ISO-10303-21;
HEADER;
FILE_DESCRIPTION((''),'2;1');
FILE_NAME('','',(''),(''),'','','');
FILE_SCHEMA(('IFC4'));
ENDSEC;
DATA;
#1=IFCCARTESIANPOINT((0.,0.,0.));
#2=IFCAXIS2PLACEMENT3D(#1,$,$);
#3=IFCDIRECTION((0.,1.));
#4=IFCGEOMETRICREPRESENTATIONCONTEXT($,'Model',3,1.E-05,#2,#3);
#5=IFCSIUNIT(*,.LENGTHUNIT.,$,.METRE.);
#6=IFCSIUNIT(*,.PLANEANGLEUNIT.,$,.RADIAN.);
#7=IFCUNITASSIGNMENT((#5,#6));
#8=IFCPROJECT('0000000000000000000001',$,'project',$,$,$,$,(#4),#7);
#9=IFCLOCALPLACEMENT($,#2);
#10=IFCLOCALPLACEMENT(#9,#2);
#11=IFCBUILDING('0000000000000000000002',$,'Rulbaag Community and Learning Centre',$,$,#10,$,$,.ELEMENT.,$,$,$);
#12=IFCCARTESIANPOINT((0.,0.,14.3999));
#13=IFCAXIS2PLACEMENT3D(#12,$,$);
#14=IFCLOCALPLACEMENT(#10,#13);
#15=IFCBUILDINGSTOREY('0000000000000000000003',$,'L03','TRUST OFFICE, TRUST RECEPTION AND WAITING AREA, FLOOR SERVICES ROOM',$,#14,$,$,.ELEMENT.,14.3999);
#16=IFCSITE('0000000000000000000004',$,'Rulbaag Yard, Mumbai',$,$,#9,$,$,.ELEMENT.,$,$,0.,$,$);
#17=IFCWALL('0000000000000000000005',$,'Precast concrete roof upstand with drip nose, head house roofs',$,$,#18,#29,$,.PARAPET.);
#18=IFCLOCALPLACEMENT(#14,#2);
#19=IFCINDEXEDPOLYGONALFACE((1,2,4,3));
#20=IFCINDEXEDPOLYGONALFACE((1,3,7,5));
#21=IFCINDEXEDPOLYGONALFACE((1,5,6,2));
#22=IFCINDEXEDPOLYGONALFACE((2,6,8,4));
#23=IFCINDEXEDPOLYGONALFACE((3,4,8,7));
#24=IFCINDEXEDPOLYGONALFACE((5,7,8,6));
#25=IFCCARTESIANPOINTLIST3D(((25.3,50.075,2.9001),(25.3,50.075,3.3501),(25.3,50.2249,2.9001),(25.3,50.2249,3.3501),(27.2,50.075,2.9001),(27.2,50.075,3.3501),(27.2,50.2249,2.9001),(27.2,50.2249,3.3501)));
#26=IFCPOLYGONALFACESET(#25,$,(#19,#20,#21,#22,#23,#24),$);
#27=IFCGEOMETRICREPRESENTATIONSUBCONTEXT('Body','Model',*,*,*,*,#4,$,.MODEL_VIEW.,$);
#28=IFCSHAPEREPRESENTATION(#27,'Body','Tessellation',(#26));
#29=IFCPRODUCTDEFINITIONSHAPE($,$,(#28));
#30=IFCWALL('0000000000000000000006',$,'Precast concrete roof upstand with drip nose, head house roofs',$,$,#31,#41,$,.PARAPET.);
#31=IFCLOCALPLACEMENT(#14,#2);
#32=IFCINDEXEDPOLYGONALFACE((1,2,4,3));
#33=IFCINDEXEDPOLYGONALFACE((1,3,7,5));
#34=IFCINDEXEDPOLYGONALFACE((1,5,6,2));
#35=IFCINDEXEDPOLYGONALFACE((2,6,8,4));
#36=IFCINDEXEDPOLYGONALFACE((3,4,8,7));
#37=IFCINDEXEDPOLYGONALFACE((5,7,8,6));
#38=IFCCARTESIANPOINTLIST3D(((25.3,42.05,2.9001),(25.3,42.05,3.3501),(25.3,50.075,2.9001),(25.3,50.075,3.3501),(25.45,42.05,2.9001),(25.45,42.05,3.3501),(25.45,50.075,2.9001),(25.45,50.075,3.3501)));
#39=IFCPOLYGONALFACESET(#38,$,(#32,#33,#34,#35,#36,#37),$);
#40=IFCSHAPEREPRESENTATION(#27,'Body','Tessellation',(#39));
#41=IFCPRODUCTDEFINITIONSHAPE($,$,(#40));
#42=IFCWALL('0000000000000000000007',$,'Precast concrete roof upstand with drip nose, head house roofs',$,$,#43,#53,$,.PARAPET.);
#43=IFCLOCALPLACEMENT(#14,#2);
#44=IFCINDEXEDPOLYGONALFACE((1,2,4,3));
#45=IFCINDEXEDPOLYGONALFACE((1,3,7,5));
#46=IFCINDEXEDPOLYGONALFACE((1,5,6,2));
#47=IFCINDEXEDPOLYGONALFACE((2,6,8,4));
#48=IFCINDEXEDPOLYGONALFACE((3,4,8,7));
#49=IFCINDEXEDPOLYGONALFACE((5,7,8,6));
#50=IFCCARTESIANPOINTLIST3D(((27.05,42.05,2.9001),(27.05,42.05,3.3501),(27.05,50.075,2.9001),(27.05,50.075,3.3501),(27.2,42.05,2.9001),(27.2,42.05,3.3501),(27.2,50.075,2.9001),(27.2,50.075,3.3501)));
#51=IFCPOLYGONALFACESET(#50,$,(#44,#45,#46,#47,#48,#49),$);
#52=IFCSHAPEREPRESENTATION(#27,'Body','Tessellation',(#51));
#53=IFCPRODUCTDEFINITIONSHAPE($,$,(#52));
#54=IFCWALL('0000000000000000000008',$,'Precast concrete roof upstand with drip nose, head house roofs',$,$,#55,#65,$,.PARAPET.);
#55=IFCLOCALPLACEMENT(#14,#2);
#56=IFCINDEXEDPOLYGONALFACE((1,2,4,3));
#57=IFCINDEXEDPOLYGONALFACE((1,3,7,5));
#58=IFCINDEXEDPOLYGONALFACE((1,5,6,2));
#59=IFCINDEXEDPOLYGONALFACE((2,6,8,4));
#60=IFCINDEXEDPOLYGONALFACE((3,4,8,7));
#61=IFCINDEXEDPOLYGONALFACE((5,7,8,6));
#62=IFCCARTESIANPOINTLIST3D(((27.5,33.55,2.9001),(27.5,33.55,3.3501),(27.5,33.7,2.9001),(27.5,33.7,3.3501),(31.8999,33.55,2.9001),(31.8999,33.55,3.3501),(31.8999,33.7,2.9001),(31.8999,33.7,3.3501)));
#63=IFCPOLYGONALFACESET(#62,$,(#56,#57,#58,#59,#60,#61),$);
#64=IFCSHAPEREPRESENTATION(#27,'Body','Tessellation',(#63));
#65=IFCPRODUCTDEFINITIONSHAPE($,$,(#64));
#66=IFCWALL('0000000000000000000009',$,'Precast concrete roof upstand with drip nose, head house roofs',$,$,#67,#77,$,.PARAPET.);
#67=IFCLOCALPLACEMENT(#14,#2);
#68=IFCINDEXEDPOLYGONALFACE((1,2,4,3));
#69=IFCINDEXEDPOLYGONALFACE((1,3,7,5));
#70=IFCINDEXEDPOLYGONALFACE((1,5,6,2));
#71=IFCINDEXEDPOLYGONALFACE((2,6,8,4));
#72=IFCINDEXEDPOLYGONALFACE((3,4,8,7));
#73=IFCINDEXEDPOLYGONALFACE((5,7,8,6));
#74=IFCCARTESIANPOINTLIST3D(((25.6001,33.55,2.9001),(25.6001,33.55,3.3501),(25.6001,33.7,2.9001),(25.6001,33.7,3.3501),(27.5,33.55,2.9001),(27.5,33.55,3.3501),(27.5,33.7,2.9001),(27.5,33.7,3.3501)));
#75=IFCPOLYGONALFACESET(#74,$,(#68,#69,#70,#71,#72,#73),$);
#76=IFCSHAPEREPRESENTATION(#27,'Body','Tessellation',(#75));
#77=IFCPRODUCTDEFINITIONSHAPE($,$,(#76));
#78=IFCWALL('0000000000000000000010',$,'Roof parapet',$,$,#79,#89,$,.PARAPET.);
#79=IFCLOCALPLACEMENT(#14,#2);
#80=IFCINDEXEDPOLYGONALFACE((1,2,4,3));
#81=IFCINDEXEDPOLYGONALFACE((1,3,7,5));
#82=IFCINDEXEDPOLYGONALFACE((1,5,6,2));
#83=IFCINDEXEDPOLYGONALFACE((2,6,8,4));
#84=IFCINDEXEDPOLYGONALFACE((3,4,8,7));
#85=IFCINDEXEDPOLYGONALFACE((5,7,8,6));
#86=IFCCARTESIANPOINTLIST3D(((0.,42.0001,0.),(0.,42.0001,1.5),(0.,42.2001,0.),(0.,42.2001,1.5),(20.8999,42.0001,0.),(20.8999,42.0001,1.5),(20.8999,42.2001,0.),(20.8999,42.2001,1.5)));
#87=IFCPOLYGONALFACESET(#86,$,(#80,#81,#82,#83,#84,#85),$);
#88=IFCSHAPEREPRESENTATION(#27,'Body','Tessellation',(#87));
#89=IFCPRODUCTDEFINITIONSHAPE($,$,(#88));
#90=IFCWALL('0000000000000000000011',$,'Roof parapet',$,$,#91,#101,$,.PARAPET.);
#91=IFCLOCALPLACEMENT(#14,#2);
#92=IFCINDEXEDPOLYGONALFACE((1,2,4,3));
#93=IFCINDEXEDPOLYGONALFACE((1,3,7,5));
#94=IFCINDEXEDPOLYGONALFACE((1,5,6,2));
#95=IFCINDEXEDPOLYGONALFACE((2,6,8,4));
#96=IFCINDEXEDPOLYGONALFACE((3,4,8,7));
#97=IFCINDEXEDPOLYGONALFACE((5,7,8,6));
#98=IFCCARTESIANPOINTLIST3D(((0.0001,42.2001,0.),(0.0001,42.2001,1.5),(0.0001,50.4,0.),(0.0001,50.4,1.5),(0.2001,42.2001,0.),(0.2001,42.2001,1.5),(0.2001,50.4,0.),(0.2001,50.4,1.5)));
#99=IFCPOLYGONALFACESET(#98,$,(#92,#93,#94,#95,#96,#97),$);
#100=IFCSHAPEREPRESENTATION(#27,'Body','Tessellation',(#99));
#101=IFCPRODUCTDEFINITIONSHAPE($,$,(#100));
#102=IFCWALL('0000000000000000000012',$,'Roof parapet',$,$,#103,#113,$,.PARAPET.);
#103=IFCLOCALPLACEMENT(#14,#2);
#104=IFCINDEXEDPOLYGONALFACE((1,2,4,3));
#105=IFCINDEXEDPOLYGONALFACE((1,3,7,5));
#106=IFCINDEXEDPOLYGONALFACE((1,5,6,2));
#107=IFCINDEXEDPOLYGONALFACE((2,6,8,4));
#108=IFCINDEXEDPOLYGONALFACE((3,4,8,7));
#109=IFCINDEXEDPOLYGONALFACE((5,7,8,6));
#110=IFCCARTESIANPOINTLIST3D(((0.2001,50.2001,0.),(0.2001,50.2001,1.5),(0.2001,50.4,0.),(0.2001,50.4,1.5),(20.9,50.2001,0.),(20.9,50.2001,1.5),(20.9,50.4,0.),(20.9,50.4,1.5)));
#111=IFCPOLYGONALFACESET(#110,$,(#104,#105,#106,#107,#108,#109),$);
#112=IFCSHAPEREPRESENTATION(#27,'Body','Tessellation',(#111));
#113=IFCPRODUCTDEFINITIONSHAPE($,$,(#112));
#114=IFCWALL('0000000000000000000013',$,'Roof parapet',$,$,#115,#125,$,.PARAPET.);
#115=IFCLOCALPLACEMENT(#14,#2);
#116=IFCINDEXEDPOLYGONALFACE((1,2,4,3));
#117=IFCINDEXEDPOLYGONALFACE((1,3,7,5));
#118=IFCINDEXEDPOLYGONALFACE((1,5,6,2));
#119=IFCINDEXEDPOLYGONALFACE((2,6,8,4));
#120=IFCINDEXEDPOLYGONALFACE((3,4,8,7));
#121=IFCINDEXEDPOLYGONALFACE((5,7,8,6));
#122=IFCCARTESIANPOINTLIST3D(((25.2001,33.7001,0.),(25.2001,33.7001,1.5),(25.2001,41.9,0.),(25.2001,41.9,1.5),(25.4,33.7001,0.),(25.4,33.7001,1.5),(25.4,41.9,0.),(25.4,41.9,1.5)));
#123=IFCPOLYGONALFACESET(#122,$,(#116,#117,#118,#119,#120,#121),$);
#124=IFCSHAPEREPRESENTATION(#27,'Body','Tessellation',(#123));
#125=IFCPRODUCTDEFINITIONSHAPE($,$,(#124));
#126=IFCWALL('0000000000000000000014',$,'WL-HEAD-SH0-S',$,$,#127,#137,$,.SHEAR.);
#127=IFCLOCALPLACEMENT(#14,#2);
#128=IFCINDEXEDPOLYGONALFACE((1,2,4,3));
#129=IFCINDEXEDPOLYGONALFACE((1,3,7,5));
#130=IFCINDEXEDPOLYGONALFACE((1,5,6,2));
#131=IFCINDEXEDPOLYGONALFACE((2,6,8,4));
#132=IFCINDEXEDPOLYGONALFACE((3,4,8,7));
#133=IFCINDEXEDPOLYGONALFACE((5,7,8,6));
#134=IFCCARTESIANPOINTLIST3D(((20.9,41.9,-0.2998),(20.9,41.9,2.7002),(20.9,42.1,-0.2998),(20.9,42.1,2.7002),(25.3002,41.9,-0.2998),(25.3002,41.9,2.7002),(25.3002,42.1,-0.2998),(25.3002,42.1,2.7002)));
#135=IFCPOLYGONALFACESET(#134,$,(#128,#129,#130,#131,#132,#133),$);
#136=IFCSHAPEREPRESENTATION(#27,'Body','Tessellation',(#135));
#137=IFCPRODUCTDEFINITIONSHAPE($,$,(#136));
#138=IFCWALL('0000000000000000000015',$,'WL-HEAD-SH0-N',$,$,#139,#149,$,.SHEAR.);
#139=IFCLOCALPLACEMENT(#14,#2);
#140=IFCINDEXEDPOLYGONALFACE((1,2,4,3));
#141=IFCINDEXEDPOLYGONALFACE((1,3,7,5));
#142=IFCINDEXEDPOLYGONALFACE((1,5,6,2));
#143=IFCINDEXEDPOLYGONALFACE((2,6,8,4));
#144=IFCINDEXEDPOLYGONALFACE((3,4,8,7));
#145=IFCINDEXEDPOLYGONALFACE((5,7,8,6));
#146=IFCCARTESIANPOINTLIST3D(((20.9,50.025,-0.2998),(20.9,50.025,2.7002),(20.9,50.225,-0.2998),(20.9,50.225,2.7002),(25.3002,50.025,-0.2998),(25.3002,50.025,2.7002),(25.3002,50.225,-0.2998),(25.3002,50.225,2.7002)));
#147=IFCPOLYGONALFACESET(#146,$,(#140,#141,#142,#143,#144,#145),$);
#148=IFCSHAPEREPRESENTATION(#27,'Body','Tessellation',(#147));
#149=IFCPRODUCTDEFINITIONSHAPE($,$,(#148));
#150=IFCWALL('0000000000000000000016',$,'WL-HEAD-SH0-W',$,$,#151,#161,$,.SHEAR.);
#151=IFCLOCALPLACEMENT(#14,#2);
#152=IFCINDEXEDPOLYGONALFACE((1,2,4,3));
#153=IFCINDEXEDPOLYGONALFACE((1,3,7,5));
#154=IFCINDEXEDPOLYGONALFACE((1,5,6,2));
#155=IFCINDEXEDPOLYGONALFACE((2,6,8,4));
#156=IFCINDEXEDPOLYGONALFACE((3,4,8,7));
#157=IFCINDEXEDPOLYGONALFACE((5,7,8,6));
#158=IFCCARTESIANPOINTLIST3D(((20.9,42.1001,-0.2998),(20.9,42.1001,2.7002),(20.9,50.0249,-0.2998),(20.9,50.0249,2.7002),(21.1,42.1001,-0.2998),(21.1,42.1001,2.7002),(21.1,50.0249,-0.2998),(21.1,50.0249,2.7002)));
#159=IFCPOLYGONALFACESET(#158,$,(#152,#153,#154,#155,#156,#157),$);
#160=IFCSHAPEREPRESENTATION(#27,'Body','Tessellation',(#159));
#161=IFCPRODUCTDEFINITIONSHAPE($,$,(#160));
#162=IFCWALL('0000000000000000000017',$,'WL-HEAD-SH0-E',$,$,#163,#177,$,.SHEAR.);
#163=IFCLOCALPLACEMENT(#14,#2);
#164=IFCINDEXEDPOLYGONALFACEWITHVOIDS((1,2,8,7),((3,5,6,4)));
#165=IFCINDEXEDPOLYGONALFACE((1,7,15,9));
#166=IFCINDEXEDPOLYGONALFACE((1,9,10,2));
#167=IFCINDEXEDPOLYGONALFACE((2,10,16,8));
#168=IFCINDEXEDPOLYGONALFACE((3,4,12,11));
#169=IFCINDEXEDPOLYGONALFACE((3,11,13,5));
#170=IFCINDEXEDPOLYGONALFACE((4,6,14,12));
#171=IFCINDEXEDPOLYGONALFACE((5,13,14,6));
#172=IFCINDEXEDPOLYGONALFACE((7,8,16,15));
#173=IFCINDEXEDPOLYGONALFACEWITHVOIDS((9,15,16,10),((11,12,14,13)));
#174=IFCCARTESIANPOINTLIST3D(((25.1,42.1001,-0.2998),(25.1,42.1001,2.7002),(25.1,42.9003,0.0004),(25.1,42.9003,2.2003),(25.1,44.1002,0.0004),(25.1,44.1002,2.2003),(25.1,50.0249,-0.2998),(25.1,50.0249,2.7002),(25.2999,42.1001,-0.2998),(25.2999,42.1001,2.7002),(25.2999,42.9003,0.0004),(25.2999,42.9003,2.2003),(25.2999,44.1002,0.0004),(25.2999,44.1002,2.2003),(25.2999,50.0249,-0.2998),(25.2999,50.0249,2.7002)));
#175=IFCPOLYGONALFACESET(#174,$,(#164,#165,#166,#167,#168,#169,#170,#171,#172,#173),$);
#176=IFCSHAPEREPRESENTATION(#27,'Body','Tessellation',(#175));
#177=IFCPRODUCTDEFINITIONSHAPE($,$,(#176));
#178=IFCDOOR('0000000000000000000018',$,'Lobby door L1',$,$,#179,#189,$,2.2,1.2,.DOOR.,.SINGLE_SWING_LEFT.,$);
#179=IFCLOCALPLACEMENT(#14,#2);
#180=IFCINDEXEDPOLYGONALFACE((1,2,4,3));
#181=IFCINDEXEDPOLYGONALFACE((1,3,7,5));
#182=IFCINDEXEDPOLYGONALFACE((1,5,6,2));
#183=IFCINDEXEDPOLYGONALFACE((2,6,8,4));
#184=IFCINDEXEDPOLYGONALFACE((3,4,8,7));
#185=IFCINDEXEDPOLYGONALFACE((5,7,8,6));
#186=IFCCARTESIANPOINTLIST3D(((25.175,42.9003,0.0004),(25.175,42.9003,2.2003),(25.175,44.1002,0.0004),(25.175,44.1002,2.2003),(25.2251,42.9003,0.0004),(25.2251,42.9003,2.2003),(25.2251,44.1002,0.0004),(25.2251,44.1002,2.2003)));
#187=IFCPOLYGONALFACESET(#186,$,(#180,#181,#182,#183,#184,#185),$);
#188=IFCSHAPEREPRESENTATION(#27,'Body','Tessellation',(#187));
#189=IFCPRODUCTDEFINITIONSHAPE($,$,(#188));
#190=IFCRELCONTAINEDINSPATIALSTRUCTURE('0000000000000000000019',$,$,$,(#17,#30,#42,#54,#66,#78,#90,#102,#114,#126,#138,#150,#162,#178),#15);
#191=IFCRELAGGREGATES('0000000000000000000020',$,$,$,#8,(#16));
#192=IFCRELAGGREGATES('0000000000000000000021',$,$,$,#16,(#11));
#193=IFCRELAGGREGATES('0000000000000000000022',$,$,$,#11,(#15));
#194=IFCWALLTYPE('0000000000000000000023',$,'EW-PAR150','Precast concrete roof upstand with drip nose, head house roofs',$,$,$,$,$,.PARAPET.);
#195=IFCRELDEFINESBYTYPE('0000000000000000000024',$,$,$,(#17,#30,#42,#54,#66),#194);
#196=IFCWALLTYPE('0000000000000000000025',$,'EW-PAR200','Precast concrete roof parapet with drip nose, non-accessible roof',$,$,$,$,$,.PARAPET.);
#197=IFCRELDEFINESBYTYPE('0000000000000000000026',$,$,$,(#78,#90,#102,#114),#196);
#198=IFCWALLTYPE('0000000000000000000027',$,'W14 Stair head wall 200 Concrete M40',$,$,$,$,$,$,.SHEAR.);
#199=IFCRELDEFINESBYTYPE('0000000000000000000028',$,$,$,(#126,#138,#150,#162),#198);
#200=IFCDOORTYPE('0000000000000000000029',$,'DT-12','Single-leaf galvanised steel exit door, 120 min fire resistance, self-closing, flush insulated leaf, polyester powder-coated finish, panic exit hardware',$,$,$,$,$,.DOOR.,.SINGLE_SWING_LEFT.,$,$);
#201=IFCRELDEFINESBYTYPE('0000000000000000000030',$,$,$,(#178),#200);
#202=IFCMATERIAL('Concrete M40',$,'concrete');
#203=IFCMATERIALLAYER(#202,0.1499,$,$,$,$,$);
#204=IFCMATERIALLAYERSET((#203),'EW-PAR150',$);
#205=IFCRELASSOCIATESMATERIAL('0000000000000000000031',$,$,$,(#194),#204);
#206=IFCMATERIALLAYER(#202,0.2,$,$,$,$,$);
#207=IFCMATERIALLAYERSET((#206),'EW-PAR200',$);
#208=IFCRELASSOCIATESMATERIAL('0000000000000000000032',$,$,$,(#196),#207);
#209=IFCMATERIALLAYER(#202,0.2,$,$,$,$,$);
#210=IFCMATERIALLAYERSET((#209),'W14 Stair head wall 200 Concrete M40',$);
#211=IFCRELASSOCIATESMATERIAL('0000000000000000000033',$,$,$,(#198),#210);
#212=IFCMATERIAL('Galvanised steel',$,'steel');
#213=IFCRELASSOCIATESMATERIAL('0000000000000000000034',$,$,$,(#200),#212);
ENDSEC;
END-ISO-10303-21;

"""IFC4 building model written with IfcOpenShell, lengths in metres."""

from ifc_helpers import new_model, si_unit, direction, frame, frame_2d, origin, place, context, subcontext, project, spatial, rectangle, extrude, material, layer, layer_set, type_object, element, fill, save


model = new_model("IFC4")

# Units and contexts
model_context = context("Model", 3, precision=1e-05, world=origin(), true_north=direction((0.0, 1.0)))
body_context = subcontext(model_context, "Body", "Model", "MODEL_VIEW")
ifc_project = project(units=[si_unit("LENGTHUNIT", "METRE"), si_unit("PLANEANGLEUNIT", "RADIAN")], contexts=[model_context])

# Site, building, storey
site_placement = place(None, origin())
site = spatial("IfcSite", under=ifc_project, at=site_placement, Name="Rulbaag Yard, Mumbai", CompositionType="ELEMENT", RefElevation=0.0)
building_placement = place(site_placement, origin())
building = spatial("IfcBuilding", under=site, at=building_placement, Name="Rulbaag Community and Learning Centre", CompositionType="ELEMENT")
storey_placement = place(building_placement, frame((0.0, 0.0, 14.3999)))
storey = spatial("IfcBuildingStorey", under=building, at=storey_placement, Name="L03", Description="TRUST OFFICE, TRUST RECEPTION AND WAITING AREA, FLOOR SERVICES ROOM", CompositionType="ELEMENT", Elevation=14.3999)

# Shared definitions
ifc_material_1 = material(Name="Concrete M40", Category="concrete")

# Walls
ifc_layer_1 = layer(ifc_material_1, 0.1499)
ifc_layer_set_1 = layer_set([ifc_layer_1], Name="EW-PAR150")
wall_type_1 = type_object("IfcWallType", Name="EW-PAR150", Description="Precast concrete roof upstand with drip nose, head house roofs", PredefinedType="PARAPET", material=ifc_layer_set_1)
for number, where, z_axis, x_axis, name in (
    (1, (25.3, 50.1499, 2.9001), (0.0, 0.0, 1.0), (1.0, 0.0, 0.0), "Precast concrete roof upstand with drip nose, head house roofs"),
):
    element("IfcWall", number, at=place(storey_placement, frame(where, z_axis=z_axis, x_axis=x_axis)), inside=storey, type_object=wall_type_1, Name=name, PredefinedType="PARAPET", context=body_context, shape_type="SweptSolid", body=[
        extrude(rectangle(XDim=1.8999, YDim=0.1499, at=frame_2d((0.95, 0.0))), origin(), (0.0, 0.0, 1.0), 0.45),
    ])
for number, where, z_axis, x_axis, name in (
    (2, (25.375, 42.05, 2.9001), (0.0, 0.0, 1.0), (0.0, 1.0, 0.0), "Precast concrete roof upstand with drip nose, head house roofs"),
    (3, (27.125, 42.05, 2.9001), (0.0, 0.0, 1.0), (0.0, 1.0, 0.0), "Precast concrete roof upstand with drip nose, head house roofs"),
):
    element("IfcWall", number, at=place(storey_placement, frame(where, z_axis=z_axis, x_axis=x_axis)), inside=storey, type_object=wall_type_1, Name=name, PredefinedType="PARAPET", context=body_context, shape_type="SweptSolid", body=[
        extrude(rectangle(XDim=8.0249, YDim=0.1499, at=frame_2d((4.0125, 0.0))), origin(), (0.0, 0.0, 1.0), 0.45),
    ])
wall_1_placement = place(storey_placement, frame((27.5, 33.625, 2.9001), z_axis=(0.0, 0.0, 1.0), x_axis=(1.0, 0.0, 0.0)))
element("IfcWall", 4, at=wall_1_placement, inside=storey, type_object=wall_type_1, Name="Precast concrete roof upstand with drip nose, head house roofs", PredefinedType="PARAPET", context=body_context, shape_type="SweptSolid", body=[
    extrude(rectangle(XDim=4.3999, YDim=0.1499, at=frame_2d((2.2, 0.0))), origin(), (0.0, 0.0, 1.0), 0.45),
])
wall_2_placement = place(storey_placement, frame((25.6001, 33.625, 2.9001), z_axis=(0.0, 0.0, 1.0), x_axis=(1.0, 0.0, 0.0)))
element("IfcWall", 5, at=wall_2_placement, inside=storey, type_object=wall_type_1, Name="Precast concrete roof upstand with drip nose, head house roofs", PredefinedType="PARAPET", context=body_context, shape_type="SweptSolid", body=[
    extrude(rectangle(XDim=1.8999, YDim=0.1499, at=frame_2d((0.95, 0.0))), origin(), (0.0, 0.0, 1.0), 0.45),
])
ifc_layer_2 = layer(ifc_material_1, 0.2)
ifc_layer_set_2 = layer_set([ifc_layer_2], Name="EW-PAR200")
wall_type_2 = type_object("IfcWallType", Name="EW-PAR200", Description="Precast concrete roof parapet with drip nose, non-accessible roof", PredefinedType="PARAPET", material=ifc_layer_set_2)
wall_3_placement = place(storey_placement, frame((20.8999, 42.1001, 0.0), z_axis=(0.0, 0.0, 1.0), x_axis=(-1.0, 0.0, 0.0)))
element("IfcWall", 6, at=wall_3_placement, inside=storey, type_object=wall_type_2, Name="Roof parapet", PredefinedType="PARAPET", context=body_context, shape_type="SweptSolid", body=[
    extrude(rectangle(XDim=20.8999, YDim=0.2, at=frame_2d((10.45, 0.0))), origin(), (0.0, 0.0, 1.0), 1.5),
])
wall_4_placement = place(storey_placement, frame((0.1001, 42.2, 0.0), z_axis=(0.0, 0.0, 1.0), x_axis=(0.0, 1.0, 0.0)))
element("IfcWall", 7, at=wall_4_placement, inside=storey, type_object=wall_type_2, Name="Roof parapet", PredefinedType="PARAPET", context=body_context, shape_type="SweptSolid", body=[
    extrude(rectangle(XDim=8.2, YDim=0.2, at=frame_2d((4.1001, 0.0))), origin(), (0.0, 0.0, 1.0), 1.5),
])
wall_5_placement = place(storey_placement, frame((0.2, 50.3, 0.0), z_axis=(0.0, 0.0, 1.0), x_axis=(1.0, 0.0, 0.0)))
element("IfcWall", 8, at=wall_5_placement, inside=storey, type_object=wall_type_2, Name="Roof parapet", PredefinedType="PARAPET", context=body_context, shape_type="SweptSolid", body=[
    extrude(rectangle(XDim=20.7, YDim=0.2, at=frame_2d((10.3501, 0.0))), origin(), (0.0, 0.0, 1.0), 1.5),
])
wall_6_placement = place(storey_placement, frame((25.3, 33.7, 0.0), z_axis=(0.0, 0.0, 1.0), x_axis=(0.0, 1.0, 0.0)))
element("IfcWall", 9, at=wall_6_placement, inside=storey, type_object=wall_type_2, Name="Roof parapet", PredefinedType="PARAPET", context=body_context, shape_type="SweptSolid", body=[
    extrude(rectangle(XDim=8.2, YDim=0.2, at=frame_2d((4.1001, 0.0))), origin(), (0.0, 0.0, 1.0), 1.5),
])
ifc_layer_3 = layer(ifc_material_1, 0.2)
ifc_layer_set_3 = layer_set([ifc_layer_3], Name="W14 Stair head wall 200 Concrete M40")
wall_type_3 = type_object("IfcWallType", Name="W14 Stair head wall 200 Concrete M40", PredefinedType="SHEAR", material=ifc_layer_set_3)
for number, where, z_axis, x_axis, name in (
    (10, (20.8999, 42.0, -0.2998), (0.0, 0.0, 1.0), (1.0, 0.0, 0.0), "WL-HEAD-SH0-S"),
    (11, (20.8999, 50.125, -0.2998), (0.0, 0.0, 1.0), (1.0, 0.0, 0.0), "WL-HEAD-SH0-N"),
):
    element("IfcWall", number, at=place(storey_placement, frame(where, z_axis=z_axis, x_axis=x_axis)), inside=storey, type_object=wall_type_3, Name=name, PredefinedType="SHEAR", context=body_context, shape_type="SweptSolid", body=[
        extrude(rectangle(XDim=4.4001, YDim=0.2, at=frame_2d((2.2002, 0.0))), origin(), (0.0, 0.0, 1.0), 3.0),
    ])
wall_7_placement = place(storey_placement, frame((21.0, 42.1001, -0.2998), z_axis=(0.0, 0.0, 1.0), x_axis=(0.0, 1.0, 0.0)))
element("IfcWall", 12, at=wall_7_placement, inside=storey, type_object=wall_type_3, Name="WL-HEAD-SH0-W", PredefinedType="SHEAR", context=body_context, shape_type="SweptSolid", body=[
    extrude(rectangle(XDim=7.9248, YDim=0.2, at=frame_2d((3.9624, 0.0))), origin(), (0.0, 0.0, 1.0), 3.0),
])

# Wall, opening, door
wall_8_placement = place(storey_placement, frame((25.2, 42.1001, -0.2998), z_axis=(0.0, 0.0, 1.0), x_axis=(0.0, 1.0, 0.0)))
wall_8 = element("IfcWall", 13, at=wall_8_placement, inside=storey, type_object=wall_type_3, Name="WL-HEAD-SH0-E", PredefinedType="SHEAR", context=body_context, shape_type="SweptSolid", body=[
    extrude(rectangle(XDim=7.9248, YDim=0.2, at=frame_2d((3.9624, 0.0))), origin(), (0.0, 0.0, 1.0), 3.0),
])
opening_1_placement = place(wall_8_placement, frame((0.8, 0.0, 0.3)))
opening_1 = element("IfcOpeningElement", 14, at=opening_1_placement, cuts=wall_8, PredefinedType="OPENING", context=body_context, shape_type="SweptSolid", body=[
    extrude(rectangle(XDim=1.2, YDim=2.2, at=frame_2d((0.6001, 1.1001))), frame((0.0, 0.1099, 0.0), z_axis=(0.0, -1.0, 0.0), x_axis=(1.0, 0.0, 0.0)), (0.0, 0.0, 1.0), 0.22),
])
ifc_material_2 = material(Name="Galvanised steel", Category="steel")
door_type_1 = type_object("IfcDoorType", Name="DT-12", Description="Single-leaf galvanised steel exit door, 120 min fire resistance, self-closing, flush insulated leaf, polyester powder-coated finish, panic exit hardware", OperationType="SINGLE_SWING_LEFT", PredefinedType="DOOR", material=ifc_material_2)
door_1_placement = place(opening_1_placement, origin())
door_1 = element("IfcDoor", 15, at=door_1_placement, inside=storey, type_object=door_type_1, Name="Lobby door L1", OperationType="SINGLE_SWING_LEFT", OverallHeight=2.2, OverallWidth=1.2, PredefinedType="DOOR", context=body_context, shape_type="SweptSolid", body=[
    extrude(rectangle(XDim=1.2, YDim=2.2, at=frame_2d((0.6001, 1.1001))), frame((0.0, 0.0249, 0.0), z_axis=(0.0, -1.0, 0.0), x_axis=(1.0, 0.0, 0.0)), (0.0, 0.0, 1.0), 0.05),
])
fill(opening_1, door_1)

save(model, "model.ifc")
